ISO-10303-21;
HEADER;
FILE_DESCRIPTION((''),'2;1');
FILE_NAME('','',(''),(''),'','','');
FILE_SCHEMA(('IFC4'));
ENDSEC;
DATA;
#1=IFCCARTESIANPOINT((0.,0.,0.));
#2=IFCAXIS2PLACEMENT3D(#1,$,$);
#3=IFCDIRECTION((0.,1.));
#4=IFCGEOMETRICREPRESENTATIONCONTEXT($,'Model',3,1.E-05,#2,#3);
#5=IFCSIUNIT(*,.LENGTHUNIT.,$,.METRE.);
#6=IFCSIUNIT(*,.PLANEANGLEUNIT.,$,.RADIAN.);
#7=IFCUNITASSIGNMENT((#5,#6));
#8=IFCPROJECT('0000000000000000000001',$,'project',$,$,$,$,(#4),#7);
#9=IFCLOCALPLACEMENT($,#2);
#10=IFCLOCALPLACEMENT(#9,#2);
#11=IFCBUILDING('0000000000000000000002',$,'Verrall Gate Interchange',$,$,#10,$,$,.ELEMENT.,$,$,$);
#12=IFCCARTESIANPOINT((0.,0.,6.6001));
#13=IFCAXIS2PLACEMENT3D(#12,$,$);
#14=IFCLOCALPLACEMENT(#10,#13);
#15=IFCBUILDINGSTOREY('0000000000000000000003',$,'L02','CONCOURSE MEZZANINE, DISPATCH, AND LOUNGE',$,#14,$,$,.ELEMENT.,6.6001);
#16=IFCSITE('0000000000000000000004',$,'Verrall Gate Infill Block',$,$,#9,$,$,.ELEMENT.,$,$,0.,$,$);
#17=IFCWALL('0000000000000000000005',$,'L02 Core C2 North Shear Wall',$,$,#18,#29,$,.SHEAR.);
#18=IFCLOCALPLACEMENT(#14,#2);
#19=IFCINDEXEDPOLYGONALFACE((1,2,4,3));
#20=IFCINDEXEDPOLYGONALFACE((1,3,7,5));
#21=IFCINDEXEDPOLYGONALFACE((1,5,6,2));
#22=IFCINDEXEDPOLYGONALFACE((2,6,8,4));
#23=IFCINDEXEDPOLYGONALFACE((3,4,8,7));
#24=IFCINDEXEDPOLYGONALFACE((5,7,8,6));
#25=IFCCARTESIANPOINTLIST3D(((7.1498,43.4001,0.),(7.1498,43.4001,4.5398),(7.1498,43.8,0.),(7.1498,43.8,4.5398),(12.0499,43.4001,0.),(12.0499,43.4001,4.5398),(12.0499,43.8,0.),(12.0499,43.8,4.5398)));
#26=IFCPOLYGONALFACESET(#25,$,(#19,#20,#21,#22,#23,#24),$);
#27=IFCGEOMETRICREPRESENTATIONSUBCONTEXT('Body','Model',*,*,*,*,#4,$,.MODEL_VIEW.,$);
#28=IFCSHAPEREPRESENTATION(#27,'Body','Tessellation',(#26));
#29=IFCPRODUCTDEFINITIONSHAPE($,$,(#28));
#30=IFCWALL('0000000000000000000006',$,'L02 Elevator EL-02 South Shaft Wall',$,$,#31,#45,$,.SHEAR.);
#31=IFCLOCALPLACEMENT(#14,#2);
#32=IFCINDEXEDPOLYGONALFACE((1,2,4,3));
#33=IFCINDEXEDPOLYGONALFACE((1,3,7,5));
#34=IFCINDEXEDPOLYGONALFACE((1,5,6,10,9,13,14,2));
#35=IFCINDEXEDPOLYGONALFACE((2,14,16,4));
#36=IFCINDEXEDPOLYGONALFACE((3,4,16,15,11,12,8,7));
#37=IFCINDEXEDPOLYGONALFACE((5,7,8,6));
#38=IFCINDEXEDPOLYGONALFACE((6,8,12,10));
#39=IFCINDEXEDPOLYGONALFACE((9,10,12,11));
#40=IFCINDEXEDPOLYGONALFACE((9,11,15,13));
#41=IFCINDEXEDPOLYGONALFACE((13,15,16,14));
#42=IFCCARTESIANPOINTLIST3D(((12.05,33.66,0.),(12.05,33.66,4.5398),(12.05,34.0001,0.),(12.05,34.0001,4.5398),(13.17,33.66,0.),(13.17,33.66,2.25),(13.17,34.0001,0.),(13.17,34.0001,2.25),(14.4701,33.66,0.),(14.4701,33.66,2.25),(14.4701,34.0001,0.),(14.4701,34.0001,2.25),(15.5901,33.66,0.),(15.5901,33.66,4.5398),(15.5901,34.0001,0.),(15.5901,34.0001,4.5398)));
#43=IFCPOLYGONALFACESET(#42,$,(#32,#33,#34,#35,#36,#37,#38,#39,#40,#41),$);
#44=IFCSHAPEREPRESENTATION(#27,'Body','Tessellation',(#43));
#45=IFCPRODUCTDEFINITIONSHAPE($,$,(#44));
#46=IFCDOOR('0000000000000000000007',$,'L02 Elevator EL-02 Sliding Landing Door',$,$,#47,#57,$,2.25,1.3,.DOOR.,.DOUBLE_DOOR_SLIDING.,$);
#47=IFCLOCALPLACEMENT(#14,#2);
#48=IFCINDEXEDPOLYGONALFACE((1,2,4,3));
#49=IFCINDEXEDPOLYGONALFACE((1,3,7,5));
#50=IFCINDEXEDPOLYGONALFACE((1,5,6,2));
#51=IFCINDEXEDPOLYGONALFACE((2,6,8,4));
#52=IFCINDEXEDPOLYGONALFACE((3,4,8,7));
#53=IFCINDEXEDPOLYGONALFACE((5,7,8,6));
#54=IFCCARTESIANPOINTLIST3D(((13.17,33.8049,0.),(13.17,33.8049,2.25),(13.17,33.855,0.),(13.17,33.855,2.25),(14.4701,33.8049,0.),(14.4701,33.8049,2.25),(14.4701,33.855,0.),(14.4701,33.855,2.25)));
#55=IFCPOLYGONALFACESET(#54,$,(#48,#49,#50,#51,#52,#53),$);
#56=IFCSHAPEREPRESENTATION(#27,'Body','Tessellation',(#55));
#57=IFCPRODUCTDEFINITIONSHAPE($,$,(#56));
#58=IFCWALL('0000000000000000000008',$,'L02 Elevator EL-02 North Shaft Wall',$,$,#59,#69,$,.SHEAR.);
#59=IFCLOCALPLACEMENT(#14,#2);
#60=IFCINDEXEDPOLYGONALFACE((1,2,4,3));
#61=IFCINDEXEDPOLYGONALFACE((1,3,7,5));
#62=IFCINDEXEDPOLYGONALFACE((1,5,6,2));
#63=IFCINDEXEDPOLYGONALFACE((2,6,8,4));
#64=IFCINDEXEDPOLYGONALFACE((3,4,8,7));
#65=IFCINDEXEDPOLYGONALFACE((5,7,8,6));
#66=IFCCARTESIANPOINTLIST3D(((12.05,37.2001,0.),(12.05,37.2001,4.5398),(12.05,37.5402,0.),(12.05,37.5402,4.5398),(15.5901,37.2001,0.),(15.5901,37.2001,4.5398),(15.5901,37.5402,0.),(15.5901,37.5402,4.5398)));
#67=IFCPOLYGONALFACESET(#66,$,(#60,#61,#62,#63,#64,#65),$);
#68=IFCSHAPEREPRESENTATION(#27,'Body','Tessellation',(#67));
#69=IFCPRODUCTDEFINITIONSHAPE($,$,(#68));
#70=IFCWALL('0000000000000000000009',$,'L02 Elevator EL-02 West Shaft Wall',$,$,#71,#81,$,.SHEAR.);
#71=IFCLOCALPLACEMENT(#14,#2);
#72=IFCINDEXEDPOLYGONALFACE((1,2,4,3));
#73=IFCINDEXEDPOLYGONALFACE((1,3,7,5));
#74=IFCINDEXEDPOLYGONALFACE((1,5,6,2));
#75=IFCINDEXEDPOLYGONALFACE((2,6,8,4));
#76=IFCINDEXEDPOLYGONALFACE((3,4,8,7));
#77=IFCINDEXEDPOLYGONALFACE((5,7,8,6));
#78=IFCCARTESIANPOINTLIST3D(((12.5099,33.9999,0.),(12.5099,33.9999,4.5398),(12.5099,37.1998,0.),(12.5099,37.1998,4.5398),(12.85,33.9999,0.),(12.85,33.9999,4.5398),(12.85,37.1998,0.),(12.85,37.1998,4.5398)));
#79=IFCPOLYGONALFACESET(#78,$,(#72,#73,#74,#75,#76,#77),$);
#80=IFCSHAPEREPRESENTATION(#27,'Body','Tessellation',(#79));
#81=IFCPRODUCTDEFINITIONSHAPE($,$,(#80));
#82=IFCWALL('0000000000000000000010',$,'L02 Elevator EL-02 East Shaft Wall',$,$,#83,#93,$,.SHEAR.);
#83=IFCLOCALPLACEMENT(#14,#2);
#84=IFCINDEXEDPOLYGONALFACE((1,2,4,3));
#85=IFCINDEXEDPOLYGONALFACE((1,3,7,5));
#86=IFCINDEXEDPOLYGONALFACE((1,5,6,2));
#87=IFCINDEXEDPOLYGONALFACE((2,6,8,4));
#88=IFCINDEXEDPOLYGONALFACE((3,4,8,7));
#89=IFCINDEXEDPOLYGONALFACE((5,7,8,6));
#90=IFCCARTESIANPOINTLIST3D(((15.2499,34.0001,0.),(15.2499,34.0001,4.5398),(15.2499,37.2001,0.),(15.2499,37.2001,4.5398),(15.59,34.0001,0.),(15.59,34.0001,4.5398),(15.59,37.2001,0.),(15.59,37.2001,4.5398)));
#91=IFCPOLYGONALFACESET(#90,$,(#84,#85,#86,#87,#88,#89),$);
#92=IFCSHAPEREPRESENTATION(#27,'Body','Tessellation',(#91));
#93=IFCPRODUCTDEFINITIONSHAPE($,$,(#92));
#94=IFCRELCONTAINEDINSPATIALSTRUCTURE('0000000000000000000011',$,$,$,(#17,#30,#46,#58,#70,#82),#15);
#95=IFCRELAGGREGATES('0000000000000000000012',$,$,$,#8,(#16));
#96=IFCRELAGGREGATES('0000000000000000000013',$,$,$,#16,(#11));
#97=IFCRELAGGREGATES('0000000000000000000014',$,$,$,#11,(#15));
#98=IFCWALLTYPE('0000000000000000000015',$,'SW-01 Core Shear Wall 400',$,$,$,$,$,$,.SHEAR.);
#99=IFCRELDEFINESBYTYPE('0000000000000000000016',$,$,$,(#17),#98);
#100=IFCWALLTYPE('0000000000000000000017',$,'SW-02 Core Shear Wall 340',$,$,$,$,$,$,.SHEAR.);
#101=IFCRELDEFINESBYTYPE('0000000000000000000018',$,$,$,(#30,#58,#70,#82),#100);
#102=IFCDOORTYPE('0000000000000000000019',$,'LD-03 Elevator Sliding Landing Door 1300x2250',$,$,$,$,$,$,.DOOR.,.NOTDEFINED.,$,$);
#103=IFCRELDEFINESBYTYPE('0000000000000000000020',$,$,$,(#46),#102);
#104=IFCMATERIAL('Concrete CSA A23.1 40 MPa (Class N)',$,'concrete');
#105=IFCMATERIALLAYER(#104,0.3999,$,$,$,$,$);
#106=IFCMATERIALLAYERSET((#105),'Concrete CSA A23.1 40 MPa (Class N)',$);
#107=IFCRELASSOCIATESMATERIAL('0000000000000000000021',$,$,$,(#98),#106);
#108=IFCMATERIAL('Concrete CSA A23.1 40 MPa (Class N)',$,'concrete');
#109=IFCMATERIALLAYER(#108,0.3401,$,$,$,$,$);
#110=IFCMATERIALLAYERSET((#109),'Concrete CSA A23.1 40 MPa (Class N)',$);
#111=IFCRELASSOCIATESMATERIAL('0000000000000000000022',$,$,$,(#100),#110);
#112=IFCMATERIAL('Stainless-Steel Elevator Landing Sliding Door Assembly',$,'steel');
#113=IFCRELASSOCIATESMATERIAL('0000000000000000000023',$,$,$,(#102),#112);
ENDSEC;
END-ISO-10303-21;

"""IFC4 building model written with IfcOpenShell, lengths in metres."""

from ifc_helpers import new_model, si_unit, direction, frame, frame_2d, origin, place, context, subcontext, project, spatial, rectangle, extrude, material, layer, layer_set, type_object, element, fill, save


model = new_model("IFC4")

# Units and contexts
model_context = context("Model", 3, precision=1e-05, world=origin(), true_north=direction((0.0, 1.0)))
body_context = subcontext(model_context, "Body", "Model", "MODEL_VIEW")
ifc_project = project(units=[si_unit("LENGTHUNIT", "METRE"), si_unit("PLANEANGLEUNIT", "RADIAN")], contexts=[model_context])

# Site, building, storey
site_placement = place(None, origin())
site = spatial("IfcSite", under=ifc_project, at=site_placement, Name="Verrall Gate Infill Block", CompositionType="ELEMENT", RefElevation=0.0)
building_placement = place(site_placement, origin())
building = spatial("IfcBuilding", under=site, at=building_placement, Name="Verrall Gate Interchange", CompositionType="ELEMENT")
storey_placement = place(building_placement, frame((0.0, 0.0, 6.6001)))
storey = spatial("IfcBuildingStorey", under=building, at=storey_placement, Name="L02", Description="CONCOURSE MEZZANINE, DISPATCH, AND LOUNGE", CompositionType="ELEMENT", Elevation=6.6001)

# Wall
ifc_material_1 = material(Name="Concrete CSA A23.1 40 MPa (Class N)", Category="concrete")
ifc_layer_1 = layer(ifc_material_1, 0.3999)
ifc_layer_set_1 = layer_set([ifc_layer_1], Name="Concrete CSA A23.1 40 MPa (Class N)")
wall_type_1 = type_object("IfcWallType", Name="SW-01 Core Shear Wall 400", PredefinedType="SHEAR", material=ifc_layer_set_1)
wall_1_placement = place(storey_placement, frame((12.05, 43.6001, 0.0), z_axis=(0.0, 0.0, 1.0), x_axis=(-1.0, 0.0, 0.0)))
element("IfcWall", 1, at=wall_1_placement, inside=storey, type_object=wall_type_1, Name="L02 Core C2 North Shear Wall", PredefinedType="SHEAR", context=body_context, shape_type="SweptSolid", body=[
    extrude(rectangle(XDim=4.9001, YDim=0.3999, at=frame_2d((2.4502, 0.0))), origin(), (0.0, 0.0, 1.0), 4.5398),
])

# Wall, opening, door
ifc_material_2 = material(Name="Concrete CSA A23.1 40 MPa (Class N)", Category="concrete")
ifc_layer_2 = layer(ifc_material_2, 0.3401)
ifc_layer_set_2 = layer_set([ifc_layer_2], Name="Concrete CSA A23.1 40 MPa (Class N)")
wall_type_2 = type_object("IfcWallType", Name="SW-02 Core Shear Wall 340", PredefinedType="SHEAR", material=ifc_layer_set_2)
wall_2_placement = place(storey_placement, frame((12.05, 33.8301, 0.0), z_axis=(0.0, 0.0, 1.0), x_axis=(1.0, 0.0, 0.0)))
wall_2 = element("IfcWall", 2, at=wall_2_placement, inside=storey, type_object=wall_type_2, Name="L02 Elevator EL-02 South Shaft Wall", PredefinedType="SHEAR", context=body_context, shape_type="SweptSolid", body=[
    extrude(rectangle(XDim=3.54, YDim=0.3401, at=frame_2d((1.77, 0.0))), origin(), (0.0, 0.0, 1.0), 4.5398),
])
opening_placement = place(wall_2_placement, frame((1.1201, 0.0, 0.0)))
opening = element("IfcOpeningElement", 3, at=opening_placement, cuts=wall_2, PredefinedType="OPENING", context=body_context, shape_type="SweptSolid", body=[
    extrude(rectangle(XDim=1.3, YDim=2.25, at=frame_2d((0.6499, 1.125))), frame((0.0, 0.1851, 0.0), z_axis=(0.0, -1.0, 0.0), x_axis=(1.0, 0.0, 0.0)), (0.0, 0.0, 1.0), 0.3699),
])
ifc_material_3 = material(Name="Stainless-Steel Elevator Landing Sliding Door Assembly", Category="steel")
door_type = type_object("IfcDoorType", Name="LD-03 Elevator Sliding Landing Door 1300x2250", OperationType="NOTDEFINED", PredefinedType="DOOR", material=ifc_material_3)
door_placement = place(opening_placement, origin())
door = element("IfcDoor", 4, at=door_placement, inside=storey, type_object=door_type, Name="L02 Elevator EL-02 Sliding Landing Door", OperationType="DOUBLE_DOOR_SLIDING", OverallHeight=2.25, OverallWidth=1.3, PredefinedType="DOOR", context=body_context, shape_type="SweptSolid", body=[
    extrude(rectangle(XDim=1.3, YDim=2.25, at=frame_2d((0.6499, 1.125))), frame((0.0, 0.0249, 0.0), z_axis=(0.0, -1.0, 0.0), x_axis=(1.0, 0.0, 0.0)), (0.0, 0.0, 1.0), 0.05),
])
fill(opening, door)

# Walls
wall_3_placement = place(storey_placement, frame((15.5901, 37.3701, 0.0), z_axis=(0.0, 0.0, 1.0), x_axis=(-1.0, 0.0, 0.0)))
element("IfcWall", 5, at=wall_3_placement, inside=storey, type_object=wall_type_2, Name="L02 Elevator EL-02 North Shaft Wall", PredefinedType="SHEAR", context=body_context, shape_type="SweptSolid", body=[
    extrude(rectangle(XDim=3.54, YDim=0.3401, at=frame_2d((1.77, 0.0))), origin(), (0.0, 0.0, 1.0), 4.5398),
])
for number, where, z_axis, x_axis, name in (
    (6, (12.6799, 37.2, 0.0), (0.0, 0.0, 1.0), (0.0, -1.0, 0.0), "L02 Elevator EL-02 West Shaft Wall"),
    (7, (15.4199, 34.0, 0.0), (0.0, 0.0, 1.0), (0.0, 1.0, 0.0), "L02 Elevator EL-02 East Shaft Wall"),
):
    element("IfcWall", number, at=place(storey_placement, frame(where, z_axis=z_axis, x_axis=x_axis)), inside=storey, type_object=wall_type_2, Name=name, PredefinedType="SHEAR", context=body_context, shape_type="SweptSolid", body=[
        extrude(rectangle(XDim=3.2, YDim=0.3401, at=frame_2d((1.6001, 0.0))), origin(), (0.0, 0.0, 1.0), 4.5398),
    ])

save(model, "model.ifc")
